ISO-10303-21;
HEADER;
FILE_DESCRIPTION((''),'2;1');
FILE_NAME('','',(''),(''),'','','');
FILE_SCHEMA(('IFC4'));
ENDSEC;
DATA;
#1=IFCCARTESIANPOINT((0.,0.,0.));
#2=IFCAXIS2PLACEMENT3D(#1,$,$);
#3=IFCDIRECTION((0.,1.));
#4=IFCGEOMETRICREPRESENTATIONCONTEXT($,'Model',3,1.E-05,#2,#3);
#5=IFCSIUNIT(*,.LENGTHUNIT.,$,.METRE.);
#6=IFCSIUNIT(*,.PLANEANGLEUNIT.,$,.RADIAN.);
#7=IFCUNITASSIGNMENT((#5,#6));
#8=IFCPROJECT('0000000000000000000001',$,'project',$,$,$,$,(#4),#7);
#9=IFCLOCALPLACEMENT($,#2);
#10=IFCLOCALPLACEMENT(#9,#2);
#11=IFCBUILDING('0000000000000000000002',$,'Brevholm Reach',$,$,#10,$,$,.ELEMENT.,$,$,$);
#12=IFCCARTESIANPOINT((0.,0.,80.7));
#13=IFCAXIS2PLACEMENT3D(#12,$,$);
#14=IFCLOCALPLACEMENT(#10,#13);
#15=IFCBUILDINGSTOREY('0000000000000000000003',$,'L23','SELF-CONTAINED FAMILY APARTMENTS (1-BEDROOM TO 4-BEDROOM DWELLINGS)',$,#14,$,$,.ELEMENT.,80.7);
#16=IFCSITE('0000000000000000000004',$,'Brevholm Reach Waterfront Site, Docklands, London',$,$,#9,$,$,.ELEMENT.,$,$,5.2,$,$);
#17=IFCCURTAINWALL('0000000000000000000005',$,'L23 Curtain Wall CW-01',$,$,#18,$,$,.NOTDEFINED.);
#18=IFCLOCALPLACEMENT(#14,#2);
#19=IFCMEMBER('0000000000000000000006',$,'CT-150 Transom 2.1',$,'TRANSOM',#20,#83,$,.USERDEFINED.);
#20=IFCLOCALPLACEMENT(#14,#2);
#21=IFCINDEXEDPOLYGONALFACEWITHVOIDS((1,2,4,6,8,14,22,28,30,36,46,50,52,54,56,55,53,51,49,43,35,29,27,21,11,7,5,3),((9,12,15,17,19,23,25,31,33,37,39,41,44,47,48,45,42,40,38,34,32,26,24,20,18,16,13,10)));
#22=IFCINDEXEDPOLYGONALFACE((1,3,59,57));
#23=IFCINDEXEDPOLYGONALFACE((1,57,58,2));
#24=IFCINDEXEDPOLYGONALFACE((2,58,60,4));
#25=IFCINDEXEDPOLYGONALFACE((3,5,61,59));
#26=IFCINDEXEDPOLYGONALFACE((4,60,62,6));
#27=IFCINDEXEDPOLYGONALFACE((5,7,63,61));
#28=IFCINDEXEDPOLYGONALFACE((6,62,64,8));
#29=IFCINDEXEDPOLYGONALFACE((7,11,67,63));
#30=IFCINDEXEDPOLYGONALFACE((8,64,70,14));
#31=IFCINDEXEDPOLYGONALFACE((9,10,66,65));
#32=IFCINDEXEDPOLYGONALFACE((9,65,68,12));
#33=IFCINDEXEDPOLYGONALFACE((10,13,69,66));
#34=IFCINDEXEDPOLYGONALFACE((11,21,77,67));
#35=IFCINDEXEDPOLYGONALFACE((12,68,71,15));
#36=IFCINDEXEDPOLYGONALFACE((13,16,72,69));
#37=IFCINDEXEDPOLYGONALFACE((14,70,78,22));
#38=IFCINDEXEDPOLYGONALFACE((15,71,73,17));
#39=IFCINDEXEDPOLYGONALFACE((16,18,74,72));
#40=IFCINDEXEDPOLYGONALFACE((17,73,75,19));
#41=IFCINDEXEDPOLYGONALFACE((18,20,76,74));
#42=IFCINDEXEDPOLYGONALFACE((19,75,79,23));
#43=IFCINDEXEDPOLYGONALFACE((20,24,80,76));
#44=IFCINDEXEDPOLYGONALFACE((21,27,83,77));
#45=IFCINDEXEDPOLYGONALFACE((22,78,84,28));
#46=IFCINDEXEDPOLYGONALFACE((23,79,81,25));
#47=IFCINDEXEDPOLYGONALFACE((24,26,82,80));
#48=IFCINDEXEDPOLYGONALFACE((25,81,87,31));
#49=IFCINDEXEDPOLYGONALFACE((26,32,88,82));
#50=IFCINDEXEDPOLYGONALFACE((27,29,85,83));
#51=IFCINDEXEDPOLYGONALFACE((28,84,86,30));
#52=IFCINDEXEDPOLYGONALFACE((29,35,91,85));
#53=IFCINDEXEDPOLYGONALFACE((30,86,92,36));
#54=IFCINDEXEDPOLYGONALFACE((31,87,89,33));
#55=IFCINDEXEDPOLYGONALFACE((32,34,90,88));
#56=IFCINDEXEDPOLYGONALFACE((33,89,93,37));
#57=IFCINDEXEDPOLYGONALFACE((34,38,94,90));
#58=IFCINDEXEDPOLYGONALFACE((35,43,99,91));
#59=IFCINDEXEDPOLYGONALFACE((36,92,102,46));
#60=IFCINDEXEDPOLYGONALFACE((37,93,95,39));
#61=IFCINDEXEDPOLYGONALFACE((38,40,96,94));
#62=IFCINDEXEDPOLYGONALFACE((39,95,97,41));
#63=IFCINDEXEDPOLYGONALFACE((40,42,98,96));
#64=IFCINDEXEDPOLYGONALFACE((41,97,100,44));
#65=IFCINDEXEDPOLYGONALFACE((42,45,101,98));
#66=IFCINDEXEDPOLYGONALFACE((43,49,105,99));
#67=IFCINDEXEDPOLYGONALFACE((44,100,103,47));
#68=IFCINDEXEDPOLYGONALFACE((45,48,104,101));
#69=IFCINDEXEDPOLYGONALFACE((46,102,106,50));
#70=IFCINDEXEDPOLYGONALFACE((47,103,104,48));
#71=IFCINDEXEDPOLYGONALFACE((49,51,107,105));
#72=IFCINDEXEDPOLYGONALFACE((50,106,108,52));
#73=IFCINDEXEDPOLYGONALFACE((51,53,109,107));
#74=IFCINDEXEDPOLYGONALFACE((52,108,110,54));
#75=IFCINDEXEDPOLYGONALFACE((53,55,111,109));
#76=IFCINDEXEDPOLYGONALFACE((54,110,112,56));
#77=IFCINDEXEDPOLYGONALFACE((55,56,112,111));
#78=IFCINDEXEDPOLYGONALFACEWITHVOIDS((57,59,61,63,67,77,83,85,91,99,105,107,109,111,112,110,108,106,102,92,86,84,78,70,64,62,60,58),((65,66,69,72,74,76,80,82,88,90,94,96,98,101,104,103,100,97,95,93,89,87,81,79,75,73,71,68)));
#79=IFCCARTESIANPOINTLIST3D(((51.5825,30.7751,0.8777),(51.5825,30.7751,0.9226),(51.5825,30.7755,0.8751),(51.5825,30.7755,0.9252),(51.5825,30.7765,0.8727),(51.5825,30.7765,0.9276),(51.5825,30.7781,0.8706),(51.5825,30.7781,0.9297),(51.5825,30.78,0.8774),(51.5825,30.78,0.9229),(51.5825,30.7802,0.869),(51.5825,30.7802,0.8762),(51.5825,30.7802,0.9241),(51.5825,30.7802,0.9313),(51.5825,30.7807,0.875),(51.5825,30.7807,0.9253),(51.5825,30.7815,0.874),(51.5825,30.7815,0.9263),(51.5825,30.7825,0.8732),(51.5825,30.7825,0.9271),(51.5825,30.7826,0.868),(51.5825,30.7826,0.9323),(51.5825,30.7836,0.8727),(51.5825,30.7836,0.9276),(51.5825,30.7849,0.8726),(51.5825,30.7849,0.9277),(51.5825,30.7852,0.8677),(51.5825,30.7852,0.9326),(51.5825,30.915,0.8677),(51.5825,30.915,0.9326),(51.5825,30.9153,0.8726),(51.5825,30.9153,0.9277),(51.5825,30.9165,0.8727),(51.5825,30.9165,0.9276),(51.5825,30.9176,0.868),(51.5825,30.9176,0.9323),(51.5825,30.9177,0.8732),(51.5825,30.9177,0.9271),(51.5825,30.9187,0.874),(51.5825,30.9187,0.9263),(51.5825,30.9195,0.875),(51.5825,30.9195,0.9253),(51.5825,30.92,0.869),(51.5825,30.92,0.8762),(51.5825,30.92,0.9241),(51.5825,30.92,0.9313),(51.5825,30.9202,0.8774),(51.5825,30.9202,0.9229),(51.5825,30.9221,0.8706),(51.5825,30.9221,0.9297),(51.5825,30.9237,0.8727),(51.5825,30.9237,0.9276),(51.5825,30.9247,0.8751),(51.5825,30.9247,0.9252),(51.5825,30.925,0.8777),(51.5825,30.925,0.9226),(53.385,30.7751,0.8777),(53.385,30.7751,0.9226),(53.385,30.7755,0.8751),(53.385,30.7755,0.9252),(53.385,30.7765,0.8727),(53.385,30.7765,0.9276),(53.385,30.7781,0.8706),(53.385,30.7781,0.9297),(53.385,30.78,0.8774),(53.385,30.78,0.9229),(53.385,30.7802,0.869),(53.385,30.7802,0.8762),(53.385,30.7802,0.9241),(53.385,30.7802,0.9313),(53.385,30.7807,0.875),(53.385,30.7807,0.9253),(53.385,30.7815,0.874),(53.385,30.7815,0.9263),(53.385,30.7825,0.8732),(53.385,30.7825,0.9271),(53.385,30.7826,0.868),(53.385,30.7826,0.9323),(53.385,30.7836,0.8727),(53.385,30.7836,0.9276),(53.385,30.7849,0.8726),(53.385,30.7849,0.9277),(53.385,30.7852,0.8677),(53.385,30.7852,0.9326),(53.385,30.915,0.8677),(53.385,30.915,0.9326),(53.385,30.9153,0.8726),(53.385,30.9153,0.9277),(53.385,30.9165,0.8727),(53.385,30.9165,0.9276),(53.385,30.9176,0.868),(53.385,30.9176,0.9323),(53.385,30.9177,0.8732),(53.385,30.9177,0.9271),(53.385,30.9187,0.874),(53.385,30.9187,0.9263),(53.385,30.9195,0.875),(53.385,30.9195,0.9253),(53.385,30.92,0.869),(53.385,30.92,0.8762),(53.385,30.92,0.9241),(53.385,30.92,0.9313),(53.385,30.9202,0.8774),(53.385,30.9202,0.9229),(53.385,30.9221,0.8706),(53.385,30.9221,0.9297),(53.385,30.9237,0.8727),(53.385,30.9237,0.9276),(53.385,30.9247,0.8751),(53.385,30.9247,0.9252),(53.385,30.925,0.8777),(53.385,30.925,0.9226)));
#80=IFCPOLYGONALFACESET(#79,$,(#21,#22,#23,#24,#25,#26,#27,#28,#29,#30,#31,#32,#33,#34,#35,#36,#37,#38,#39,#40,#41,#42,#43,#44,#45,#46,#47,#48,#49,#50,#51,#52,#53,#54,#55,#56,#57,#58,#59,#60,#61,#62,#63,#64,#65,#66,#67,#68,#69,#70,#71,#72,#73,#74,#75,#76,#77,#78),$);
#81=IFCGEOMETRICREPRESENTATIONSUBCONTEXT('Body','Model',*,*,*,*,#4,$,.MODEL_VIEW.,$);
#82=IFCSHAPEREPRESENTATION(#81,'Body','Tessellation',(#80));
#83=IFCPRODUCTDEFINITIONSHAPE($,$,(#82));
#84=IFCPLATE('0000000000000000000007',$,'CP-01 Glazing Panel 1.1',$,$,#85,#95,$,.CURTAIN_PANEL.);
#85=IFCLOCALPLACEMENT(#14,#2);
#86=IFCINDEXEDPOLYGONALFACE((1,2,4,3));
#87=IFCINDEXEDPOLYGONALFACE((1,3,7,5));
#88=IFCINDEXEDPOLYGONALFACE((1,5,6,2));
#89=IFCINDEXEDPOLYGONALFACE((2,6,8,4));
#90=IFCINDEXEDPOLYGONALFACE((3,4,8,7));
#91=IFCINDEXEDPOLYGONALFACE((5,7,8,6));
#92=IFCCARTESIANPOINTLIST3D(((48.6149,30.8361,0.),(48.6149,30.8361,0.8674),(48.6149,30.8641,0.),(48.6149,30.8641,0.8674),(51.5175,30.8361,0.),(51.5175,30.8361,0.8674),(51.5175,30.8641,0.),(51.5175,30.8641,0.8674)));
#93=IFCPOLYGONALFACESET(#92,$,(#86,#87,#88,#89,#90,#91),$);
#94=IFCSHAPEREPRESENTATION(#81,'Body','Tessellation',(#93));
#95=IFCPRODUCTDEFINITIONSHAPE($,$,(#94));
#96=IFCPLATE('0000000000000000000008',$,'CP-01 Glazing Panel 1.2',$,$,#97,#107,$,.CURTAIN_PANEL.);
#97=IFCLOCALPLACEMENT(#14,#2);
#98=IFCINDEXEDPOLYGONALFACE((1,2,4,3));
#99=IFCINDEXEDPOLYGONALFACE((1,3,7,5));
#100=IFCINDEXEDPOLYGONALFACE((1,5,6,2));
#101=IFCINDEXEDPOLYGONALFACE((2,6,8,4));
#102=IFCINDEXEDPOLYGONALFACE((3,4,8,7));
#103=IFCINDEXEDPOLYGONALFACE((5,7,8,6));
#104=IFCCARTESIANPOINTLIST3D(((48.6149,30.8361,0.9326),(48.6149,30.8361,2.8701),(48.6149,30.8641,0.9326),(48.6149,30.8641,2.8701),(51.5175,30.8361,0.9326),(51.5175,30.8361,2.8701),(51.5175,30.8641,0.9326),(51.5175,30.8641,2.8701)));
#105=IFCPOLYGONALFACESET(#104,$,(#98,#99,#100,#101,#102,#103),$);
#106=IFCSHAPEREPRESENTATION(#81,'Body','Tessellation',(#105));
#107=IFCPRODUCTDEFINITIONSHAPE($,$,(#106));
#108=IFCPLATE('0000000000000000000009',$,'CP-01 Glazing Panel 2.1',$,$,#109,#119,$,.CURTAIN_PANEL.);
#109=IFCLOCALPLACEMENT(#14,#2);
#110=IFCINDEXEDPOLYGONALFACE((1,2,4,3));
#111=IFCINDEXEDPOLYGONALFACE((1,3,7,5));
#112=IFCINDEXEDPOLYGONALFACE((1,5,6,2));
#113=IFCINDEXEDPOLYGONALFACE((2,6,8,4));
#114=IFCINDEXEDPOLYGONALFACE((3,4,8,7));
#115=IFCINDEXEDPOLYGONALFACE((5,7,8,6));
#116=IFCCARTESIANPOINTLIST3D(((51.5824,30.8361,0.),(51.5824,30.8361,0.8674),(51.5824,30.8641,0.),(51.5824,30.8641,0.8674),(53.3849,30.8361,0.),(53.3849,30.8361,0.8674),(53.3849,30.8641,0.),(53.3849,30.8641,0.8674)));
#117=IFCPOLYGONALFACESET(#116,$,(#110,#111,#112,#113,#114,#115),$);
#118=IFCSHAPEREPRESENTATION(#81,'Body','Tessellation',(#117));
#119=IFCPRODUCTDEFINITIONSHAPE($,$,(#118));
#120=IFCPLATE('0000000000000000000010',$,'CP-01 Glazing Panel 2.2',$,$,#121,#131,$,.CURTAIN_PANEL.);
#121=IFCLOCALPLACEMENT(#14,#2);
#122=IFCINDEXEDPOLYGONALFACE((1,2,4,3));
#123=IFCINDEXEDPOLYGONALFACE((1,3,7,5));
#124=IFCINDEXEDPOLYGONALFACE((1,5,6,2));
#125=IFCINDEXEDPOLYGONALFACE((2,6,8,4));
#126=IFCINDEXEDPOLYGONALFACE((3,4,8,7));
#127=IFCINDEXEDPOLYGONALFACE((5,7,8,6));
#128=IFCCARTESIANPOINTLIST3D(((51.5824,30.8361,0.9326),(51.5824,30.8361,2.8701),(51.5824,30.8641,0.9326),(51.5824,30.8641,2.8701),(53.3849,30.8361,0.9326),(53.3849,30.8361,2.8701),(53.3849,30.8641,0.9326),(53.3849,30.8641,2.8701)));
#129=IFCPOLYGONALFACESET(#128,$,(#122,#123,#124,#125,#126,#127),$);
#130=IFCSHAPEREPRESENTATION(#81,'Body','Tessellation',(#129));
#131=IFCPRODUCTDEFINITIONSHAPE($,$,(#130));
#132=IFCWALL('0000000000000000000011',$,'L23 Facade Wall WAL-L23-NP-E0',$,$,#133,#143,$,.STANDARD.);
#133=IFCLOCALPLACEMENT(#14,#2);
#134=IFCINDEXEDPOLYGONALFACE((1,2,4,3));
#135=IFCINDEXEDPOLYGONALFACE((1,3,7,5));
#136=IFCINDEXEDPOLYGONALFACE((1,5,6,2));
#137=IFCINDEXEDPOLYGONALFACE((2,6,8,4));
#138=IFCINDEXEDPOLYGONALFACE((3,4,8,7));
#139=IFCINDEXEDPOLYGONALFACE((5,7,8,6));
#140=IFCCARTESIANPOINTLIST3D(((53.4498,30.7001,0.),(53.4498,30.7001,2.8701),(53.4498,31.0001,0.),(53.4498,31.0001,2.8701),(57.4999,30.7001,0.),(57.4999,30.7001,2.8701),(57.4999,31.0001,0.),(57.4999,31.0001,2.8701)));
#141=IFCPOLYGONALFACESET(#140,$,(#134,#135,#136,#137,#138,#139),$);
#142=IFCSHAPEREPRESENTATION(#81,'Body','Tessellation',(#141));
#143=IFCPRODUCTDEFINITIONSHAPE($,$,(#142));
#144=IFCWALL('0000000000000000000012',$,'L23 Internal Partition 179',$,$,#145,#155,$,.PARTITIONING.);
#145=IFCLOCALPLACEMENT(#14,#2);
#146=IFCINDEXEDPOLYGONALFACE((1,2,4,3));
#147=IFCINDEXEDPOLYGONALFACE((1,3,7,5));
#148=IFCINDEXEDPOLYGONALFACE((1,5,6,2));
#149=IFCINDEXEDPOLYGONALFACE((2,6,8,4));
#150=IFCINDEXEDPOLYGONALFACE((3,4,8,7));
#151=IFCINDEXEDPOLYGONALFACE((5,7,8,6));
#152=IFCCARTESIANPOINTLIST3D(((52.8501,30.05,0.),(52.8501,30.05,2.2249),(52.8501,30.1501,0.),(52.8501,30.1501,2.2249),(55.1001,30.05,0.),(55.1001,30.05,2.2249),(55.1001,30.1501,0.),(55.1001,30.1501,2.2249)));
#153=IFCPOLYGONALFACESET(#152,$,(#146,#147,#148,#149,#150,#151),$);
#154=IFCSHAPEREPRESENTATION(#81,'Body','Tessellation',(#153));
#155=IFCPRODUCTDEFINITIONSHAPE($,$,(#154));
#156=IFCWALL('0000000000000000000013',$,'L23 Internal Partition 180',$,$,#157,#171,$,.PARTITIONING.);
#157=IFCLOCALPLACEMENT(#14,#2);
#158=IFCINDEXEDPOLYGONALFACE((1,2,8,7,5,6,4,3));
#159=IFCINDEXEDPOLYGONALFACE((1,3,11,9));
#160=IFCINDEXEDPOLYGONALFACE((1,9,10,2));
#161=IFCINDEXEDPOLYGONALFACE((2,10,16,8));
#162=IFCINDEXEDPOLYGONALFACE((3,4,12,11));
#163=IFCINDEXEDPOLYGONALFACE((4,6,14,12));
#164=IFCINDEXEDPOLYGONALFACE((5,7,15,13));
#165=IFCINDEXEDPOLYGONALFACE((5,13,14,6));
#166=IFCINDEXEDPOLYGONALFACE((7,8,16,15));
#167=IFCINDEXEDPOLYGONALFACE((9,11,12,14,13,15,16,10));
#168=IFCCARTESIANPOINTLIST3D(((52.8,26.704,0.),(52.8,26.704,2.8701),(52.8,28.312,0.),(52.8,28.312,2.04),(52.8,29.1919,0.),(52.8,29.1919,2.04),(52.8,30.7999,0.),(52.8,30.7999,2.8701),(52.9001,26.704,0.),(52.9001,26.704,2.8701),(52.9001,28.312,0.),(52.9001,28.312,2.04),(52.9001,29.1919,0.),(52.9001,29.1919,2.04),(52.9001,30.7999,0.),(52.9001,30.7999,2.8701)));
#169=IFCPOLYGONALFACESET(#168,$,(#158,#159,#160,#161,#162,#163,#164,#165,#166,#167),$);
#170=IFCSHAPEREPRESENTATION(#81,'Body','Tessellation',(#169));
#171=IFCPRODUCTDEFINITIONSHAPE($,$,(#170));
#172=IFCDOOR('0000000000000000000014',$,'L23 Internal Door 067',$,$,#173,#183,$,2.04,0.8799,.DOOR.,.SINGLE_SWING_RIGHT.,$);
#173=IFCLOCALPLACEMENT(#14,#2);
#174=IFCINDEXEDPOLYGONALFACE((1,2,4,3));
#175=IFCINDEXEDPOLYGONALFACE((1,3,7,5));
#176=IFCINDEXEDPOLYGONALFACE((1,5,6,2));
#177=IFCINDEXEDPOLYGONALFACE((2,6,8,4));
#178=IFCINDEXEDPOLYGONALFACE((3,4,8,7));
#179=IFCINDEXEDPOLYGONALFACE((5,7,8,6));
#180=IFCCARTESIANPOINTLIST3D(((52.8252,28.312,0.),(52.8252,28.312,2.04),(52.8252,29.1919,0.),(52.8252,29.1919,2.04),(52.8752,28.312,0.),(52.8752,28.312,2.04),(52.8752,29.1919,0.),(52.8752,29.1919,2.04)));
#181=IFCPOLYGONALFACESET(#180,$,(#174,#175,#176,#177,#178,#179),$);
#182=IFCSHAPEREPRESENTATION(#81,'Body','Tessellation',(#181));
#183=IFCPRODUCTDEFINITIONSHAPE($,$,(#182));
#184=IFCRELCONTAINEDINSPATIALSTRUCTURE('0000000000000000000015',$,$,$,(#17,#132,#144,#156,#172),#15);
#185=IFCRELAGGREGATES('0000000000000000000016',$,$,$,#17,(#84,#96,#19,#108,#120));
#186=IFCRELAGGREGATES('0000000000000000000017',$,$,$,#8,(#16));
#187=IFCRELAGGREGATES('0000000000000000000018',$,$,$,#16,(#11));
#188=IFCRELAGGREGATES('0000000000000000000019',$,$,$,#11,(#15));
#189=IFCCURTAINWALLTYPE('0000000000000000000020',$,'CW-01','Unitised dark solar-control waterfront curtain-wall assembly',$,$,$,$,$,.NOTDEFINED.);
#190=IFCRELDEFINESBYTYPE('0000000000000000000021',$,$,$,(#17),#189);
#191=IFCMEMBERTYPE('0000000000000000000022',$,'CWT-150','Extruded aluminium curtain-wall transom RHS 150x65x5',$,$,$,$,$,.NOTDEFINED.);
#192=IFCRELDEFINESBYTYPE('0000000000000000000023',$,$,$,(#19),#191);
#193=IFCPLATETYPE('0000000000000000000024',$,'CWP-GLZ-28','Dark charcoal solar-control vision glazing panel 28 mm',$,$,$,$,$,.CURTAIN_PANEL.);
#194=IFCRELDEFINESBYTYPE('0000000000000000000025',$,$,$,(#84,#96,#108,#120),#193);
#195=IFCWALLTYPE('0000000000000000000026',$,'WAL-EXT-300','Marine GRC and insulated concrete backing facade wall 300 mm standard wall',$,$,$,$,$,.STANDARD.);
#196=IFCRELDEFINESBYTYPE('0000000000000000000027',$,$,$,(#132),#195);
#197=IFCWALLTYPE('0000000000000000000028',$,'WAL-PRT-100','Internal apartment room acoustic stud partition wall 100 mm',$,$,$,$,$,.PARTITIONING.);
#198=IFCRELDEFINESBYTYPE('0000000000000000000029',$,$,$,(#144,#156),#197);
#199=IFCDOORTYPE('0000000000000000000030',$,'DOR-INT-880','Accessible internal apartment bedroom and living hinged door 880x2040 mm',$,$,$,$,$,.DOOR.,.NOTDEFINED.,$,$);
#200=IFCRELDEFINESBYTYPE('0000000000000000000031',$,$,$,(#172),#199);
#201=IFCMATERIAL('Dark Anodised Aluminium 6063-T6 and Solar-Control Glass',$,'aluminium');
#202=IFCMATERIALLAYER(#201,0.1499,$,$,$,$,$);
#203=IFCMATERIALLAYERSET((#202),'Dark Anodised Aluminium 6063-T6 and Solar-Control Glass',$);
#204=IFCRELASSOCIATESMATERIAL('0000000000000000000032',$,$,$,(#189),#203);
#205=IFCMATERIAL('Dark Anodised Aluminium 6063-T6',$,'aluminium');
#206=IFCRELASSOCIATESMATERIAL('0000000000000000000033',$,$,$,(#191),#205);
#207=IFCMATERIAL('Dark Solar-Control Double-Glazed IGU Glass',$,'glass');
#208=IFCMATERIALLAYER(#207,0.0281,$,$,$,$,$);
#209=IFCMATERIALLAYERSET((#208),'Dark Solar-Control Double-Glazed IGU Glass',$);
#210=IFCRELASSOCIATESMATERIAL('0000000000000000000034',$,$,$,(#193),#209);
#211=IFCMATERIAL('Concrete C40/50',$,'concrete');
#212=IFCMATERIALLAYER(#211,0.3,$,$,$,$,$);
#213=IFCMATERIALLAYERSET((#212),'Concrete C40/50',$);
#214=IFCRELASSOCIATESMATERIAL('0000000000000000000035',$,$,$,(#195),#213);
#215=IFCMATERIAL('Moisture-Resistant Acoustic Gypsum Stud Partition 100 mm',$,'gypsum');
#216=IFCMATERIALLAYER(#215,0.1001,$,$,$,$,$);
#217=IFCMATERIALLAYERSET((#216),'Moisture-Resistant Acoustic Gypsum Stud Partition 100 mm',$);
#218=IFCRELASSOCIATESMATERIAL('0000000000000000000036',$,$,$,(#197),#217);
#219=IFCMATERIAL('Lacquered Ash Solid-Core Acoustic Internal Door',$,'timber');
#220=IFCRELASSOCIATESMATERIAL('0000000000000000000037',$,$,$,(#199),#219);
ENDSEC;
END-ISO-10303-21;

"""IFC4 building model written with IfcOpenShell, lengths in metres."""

from ifc_helpers import new_model, si_unit, direction, frame, frame_2d, origin, origin_2d, place, context, subcontext, project, spatial, rectangle, hollow_rectangle, extrude, material, layer, layer_set, material_profile, profile_set, type_object, element, fill, aggregate, save


model = new_model("IFC4")

# Units and contexts
model_context = context("Model", 3, precision=1e-05, world=origin(), true_north=direction((0.0, 1.0)))
body_context = subcontext(model_context, "Body", "Model", "MODEL_VIEW")
ifc_project = project(units=[si_unit("LENGTHUNIT", "METRE"), si_unit("PLANEANGLEUNIT", "RADIAN")], contexts=[model_context])

# Site, building, storey
site_placement = place(None, origin())
site = spatial("IfcSite", under=ifc_project, at=site_placement, Name="Brevholm Reach Waterfront Site, Docklands, London", CompositionType="ELEMENT", RefElevation=5.2)
building_placement = place(site_placement, origin())
building = spatial("IfcBuilding", under=site, at=building_placement, Name="Brevholm Reach", CompositionType="ELEMENT")
storey_placement = place(building_placement, frame((0.0, 0.0, 80.7)))
storey = spatial("IfcBuildingStorey", under=building, at=storey_placement, Name="L23", Description="SELF-CONTAINED FAMILY APARTMENTS (1-BEDROOM TO 4-BEDROOM DWELLINGS)", CompositionType="ELEMENT", Elevation=80.7)

# Curtain wall, member, plates
ifc_material_1 = material(Name="Dark Anodised Aluminium 6063-T6 and Solar-Control Glass", Category="aluminium")
ifc_layer_1 = layer(ifc_material_1, 0.1499)
ifc_layer_set_1 = layer_set([ifc_layer_1], Name="Dark Anodised Aluminium 6063-T6 and Solar-Control Glass")
curtain_wall_type = type_object("IfcCurtainWallType", Name="CW-01", Description="Unitised dark solar-control waterfront curtain-wall assembly", PredefinedType="NOTDEFINED", material=ifc_layer_set_1)
curtain_wall_placement = place(storey_placement, origin())
curtain_wall = element("IfcCurtainWall", 1, at=curtain_wall_placement, inside=storey, type_object=curtain_wall_type, Name="L23 Curtain Wall CW-01", PredefinedType="NOTDEFINED")
ifc_material_2 = material(Name="Dark Anodised Aluminium 6063-T6", Category="aluminium")
ifc_material_profile_1 = material_profile(ifc_material_2, hollow_rectangle(XDim=0.0649, YDim=0.1499, WallThickness=0.0049, InnerFilletRadius=0.0049, OuterFilletRadius=0.01, at=origin_2d()), Name="RHS 150x65x5")
ifc_profile_set_1 = profile_set([ifc_material_profile_1], Name="Dark Anodised Aluminium 6063-T6")
member_type_1 = type_object("IfcMemberType", Name="CWT-150", Description="Extruded aluminium curtain-wall transom RHS 150x65x5", PredefinedType="NOTDEFINED", material=ifc_profile_set_1)
member_1_placement = place(storey_placement, frame((51.5825, 30.8501, 0.9001), z_axis=(1.0, 0.0, 0.0), x_axis=(0.0, 0.0, 1.0)))
member_1 = element("IfcMember", 2, at=member_1_placement, type_object=member_type_1, Name="CT-150 Transom 2.1", ObjectType="TRANSOM", PredefinedType="USERDEFINED", context=body_context, shape_type="SweptSolid", body=[
    extrude(hollow_rectangle(XDim=0.0649, YDim=0.1499, WallThickness=0.0049, InnerFilletRadius=0.0049, OuterFilletRadius=0.01, at=origin_2d()), origin(), (0.0, 0.0, 1.0), 1.8025),
])
ifc_material_3 = material(Name="Dark Solar-Control Double-Glazed IGU Glass", Category="glass")
ifc_layer_2 = layer(ifc_material_3, 0.0281)
ifc_layer_set_2 = layer_set([ifc_layer_2], Name="Dark Solar-Control Double-Glazed IGU Glass")
plate_type = type_object("IfcPlateType", Name="CWP-GLZ-28", Description="Dark charcoal solar-control vision glazing panel 28 mm", PredefinedType="CURTAIN_PANEL", material=ifc_layer_set_2)
plate_1_placement = place(storey_placement, frame((50.0662, 30.8501, 0.0), z_axis=(0.0, 0.0, 1.0), x_axis=(1.0, 0.0, 0.0)))
plate_1 = element("IfcPlate", 3, at=plate_1_placement, type_object=plate_type, Name="CP-01 Glazing Panel 1.1", PredefinedType="CURTAIN_PANEL", context=body_context, shape_type="SweptSolid", body=[
    extrude(rectangle(XDim=2.9026, YDim=0.0281, at=origin_2d()), origin(), (0.0, 0.0, 1.0), 0.8674),
])
plate_2_placement = place(storey_placement, frame((50.0662, 30.8501, 0.9326), z_axis=(0.0, 0.0, 1.0), x_axis=(1.0, 0.0, 0.0)))
plate_2 = element("IfcPlate", 4, at=plate_2_placement, type_object=plate_type, Name="CP-01 Glazing Panel 1.2", PredefinedType="CURTAIN_PANEL", context=body_context, shape_type="SweptSolid", body=[
    extrude(rectangle(XDim=2.9026, YDim=0.0281, at=origin_2d()), origin(), (0.0, 0.0, 1.0), 1.9375),
])
plate_3_placement = place(storey_placement, frame((52.4836, 30.8501, 0.0), z_axis=(0.0, 0.0, 1.0), x_axis=(1.0, 0.0, 0.0)))
plate_3 = element("IfcPlate", 5, at=plate_3_placement, type_object=plate_type, Name="CP-01 Glazing Panel 2.1", PredefinedType="CURTAIN_PANEL", context=body_context, shape_type="SweptSolid", body=[
    extrude(rectangle(XDim=1.8025, YDim=0.0281, at=origin_2d()), origin(), (0.0, 0.0, 1.0), 0.8674),
])
plate_4_placement = place(storey_placement, frame((52.4836, 30.8501, 0.9326), z_axis=(0.0, 0.0, 1.0), x_axis=(1.0, 0.0, 0.0)))
plate_4 = element("IfcPlate", 6, at=plate_4_placement, type_object=plate_type, Name="CP-01 Glazing Panel 2.2", PredefinedType="CURTAIN_PANEL", context=body_context, shape_type="SweptSolid", body=[
    extrude(rectangle(XDim=1.8025, YDim=0.0281, at=origin_2d()), origin(), (0.0, 0.0, 1.0), 1.9375),
])
aggregate(curtain_wall, [plate_1, plate_2, member_1, plate_3, plate_4])

# Walls
ifc_material_4 = material(Name="Concrete C40/50", Category="concrete")
ifc_layer_3 = layer(ifc_material_4, 0.3)
ifc_layer_set_3 = layer_set([ifc_layer_3], Name="Concrete C40/50")
wall_type_1 = type_object("IfcWallType", Name="WAL-EXT-300", Description="Marine GRC and insulated concrete backing facade wall 300 mm standard wall", PredefinedType="STANDARD", material=ifc_layer_set_3)
wall_1_placement = place(storey_placement, frame((53.45, 30.8501, 0.0), z_axis=(0.0, 0.0, 1.0), x_axis=(1.0, 0.0, 0.0)))
element("IfcWall", 7, at=wall_1_placement, inside=storey, type_object=wall_type_1, Name="L23 Facade Wall WAL-L23-NP-E0", PredefinedType="STANDARD", context=body_context, shape_type="SweptSolid", body=[
    extrude(rectangle(XDim=4.05, YDim=0.3, at=frame_2d((2.0249, 0.0))), origin(), (0.0, 0.0, 1.0), 2.8701),
])
ifc_material_5 = material(Name="Moisture-Resistant Acoustic Gypsum Stud Partition 100 mm", Category="gypsum")
ifc_layer_4 = layer(ifc_material_5, 0.1001)
ifc_layer_set_4 = layer_set([ifc_layer_4], Name="Moisture-Resistant Acoustic Gypsum Stud Partition 100 mm")
wall_type_2 = type_object("IfcWallType", Name="WAL-PRT-100", Description="Internal apartment room acoustic stud partition wall 100 mm", PredefinedType="PARTITIONING", material=ifc_layer_set_4)
wall_2_placement = place(storey_placement, frame((52.8501, 30.1001, 0.0), z_axis=(0.0, 0.0, 1.0), x_axis=(1.0, 0.0, 0.0)))
element("IfcWall", 8, at=wall_2_placement, inside=storey, type_object=wall_type_2, Name="L23 Internal Partition 179", PredefinedType="PARTITIONING", context=body_context, shape_type="SweptSolid", body=[
    extrude(rectangle(XDim=2.25, YDim=0.1001, at=frame_2d((1.125, 0.0))), origin(), (0.0, 0.0, 1.0), 2.2249),
])

# Wall, opening, door
wall_3_placement = place(storey_placement, frame((52.8501, 26.7041, 0.0), z_axis=(0.0, 0.0, 1.0), x_axis=(0.0, 1.0, 0.0)))
wall_3 = element("IfcWall", 9, at=wall_3_placement, inside=storey, type_object=wall_type_2, Name="L23 Internal Partition 180", PredefinedType="PARTITIONING", context=body_context, shape_type="SweptSolid", body=[
    extrude(rectangle(XDim=4.0959, YDim=0.1001, at=frame_2d((2.0479, 0.0))), origin(), (0.0, 0.0, 1.0), 2.8701),
])
opening_1_placement = place(wall_3_placement, frame((1.6079, 0.0, 0.0)))
opening_1 = element("IfcOpeningElement", 10, at=opening_1_placement, cuts=wall_3, PredefinedType="OPENING", context=body_context, shape_type="SweptSolid", body=[
    extrude(rectangle(XDim=0.8799, YDim=2.04, at=frame_2d((0.4399, 1.02))), frame((0.0, 0.0601, 0.0), z_axis=(0.0, -1.0, 0.0), x_axis=(1.0, 0.0, 0.0)), (0.0, 0.0, 1.0), 0.1201),
])
ifc_material_6 = material(Name="Lacquered Ash Solid-Core Acoustic Internal Door", Category="timber")
door_type_1 = type_object("IfcDoorType", Name="DOR-INT-880", Description="Accessible internal apartment bedroom and living hinged door 880x2040 mm", OperationType="NOTDEFINED", PredefinedType="DOOR", material=ifc_material_6)
door_1_placement = place(opening_1_placement, origin())
door_1 = element("IfcDoor", 11, at=door_1_placement, inside=storey, type_object=door_type_1, Name="L23 Internal Door 067", OperationType="SINGLE_SWING_RIGHT", OverallHeight=2.04, OverallWidth=0.8799, PredefinedType="DOOR", context=body_context, shape_type="SweptSolid", body=[
    extrude(rectangle(XDim=0.8799, YDim=2.04, at=frame_2d((0.4399, 1.02))), frame((0.0, 0.0249, 0.0), z_axis=(0.0, -1.0, 0.0), x_axis=(1.0, 0.0, 0.0)), (0.0, 0.0, 1.0), 0.05),
])
fill(opening_1, door_1)

save(model, "model.ifc")
